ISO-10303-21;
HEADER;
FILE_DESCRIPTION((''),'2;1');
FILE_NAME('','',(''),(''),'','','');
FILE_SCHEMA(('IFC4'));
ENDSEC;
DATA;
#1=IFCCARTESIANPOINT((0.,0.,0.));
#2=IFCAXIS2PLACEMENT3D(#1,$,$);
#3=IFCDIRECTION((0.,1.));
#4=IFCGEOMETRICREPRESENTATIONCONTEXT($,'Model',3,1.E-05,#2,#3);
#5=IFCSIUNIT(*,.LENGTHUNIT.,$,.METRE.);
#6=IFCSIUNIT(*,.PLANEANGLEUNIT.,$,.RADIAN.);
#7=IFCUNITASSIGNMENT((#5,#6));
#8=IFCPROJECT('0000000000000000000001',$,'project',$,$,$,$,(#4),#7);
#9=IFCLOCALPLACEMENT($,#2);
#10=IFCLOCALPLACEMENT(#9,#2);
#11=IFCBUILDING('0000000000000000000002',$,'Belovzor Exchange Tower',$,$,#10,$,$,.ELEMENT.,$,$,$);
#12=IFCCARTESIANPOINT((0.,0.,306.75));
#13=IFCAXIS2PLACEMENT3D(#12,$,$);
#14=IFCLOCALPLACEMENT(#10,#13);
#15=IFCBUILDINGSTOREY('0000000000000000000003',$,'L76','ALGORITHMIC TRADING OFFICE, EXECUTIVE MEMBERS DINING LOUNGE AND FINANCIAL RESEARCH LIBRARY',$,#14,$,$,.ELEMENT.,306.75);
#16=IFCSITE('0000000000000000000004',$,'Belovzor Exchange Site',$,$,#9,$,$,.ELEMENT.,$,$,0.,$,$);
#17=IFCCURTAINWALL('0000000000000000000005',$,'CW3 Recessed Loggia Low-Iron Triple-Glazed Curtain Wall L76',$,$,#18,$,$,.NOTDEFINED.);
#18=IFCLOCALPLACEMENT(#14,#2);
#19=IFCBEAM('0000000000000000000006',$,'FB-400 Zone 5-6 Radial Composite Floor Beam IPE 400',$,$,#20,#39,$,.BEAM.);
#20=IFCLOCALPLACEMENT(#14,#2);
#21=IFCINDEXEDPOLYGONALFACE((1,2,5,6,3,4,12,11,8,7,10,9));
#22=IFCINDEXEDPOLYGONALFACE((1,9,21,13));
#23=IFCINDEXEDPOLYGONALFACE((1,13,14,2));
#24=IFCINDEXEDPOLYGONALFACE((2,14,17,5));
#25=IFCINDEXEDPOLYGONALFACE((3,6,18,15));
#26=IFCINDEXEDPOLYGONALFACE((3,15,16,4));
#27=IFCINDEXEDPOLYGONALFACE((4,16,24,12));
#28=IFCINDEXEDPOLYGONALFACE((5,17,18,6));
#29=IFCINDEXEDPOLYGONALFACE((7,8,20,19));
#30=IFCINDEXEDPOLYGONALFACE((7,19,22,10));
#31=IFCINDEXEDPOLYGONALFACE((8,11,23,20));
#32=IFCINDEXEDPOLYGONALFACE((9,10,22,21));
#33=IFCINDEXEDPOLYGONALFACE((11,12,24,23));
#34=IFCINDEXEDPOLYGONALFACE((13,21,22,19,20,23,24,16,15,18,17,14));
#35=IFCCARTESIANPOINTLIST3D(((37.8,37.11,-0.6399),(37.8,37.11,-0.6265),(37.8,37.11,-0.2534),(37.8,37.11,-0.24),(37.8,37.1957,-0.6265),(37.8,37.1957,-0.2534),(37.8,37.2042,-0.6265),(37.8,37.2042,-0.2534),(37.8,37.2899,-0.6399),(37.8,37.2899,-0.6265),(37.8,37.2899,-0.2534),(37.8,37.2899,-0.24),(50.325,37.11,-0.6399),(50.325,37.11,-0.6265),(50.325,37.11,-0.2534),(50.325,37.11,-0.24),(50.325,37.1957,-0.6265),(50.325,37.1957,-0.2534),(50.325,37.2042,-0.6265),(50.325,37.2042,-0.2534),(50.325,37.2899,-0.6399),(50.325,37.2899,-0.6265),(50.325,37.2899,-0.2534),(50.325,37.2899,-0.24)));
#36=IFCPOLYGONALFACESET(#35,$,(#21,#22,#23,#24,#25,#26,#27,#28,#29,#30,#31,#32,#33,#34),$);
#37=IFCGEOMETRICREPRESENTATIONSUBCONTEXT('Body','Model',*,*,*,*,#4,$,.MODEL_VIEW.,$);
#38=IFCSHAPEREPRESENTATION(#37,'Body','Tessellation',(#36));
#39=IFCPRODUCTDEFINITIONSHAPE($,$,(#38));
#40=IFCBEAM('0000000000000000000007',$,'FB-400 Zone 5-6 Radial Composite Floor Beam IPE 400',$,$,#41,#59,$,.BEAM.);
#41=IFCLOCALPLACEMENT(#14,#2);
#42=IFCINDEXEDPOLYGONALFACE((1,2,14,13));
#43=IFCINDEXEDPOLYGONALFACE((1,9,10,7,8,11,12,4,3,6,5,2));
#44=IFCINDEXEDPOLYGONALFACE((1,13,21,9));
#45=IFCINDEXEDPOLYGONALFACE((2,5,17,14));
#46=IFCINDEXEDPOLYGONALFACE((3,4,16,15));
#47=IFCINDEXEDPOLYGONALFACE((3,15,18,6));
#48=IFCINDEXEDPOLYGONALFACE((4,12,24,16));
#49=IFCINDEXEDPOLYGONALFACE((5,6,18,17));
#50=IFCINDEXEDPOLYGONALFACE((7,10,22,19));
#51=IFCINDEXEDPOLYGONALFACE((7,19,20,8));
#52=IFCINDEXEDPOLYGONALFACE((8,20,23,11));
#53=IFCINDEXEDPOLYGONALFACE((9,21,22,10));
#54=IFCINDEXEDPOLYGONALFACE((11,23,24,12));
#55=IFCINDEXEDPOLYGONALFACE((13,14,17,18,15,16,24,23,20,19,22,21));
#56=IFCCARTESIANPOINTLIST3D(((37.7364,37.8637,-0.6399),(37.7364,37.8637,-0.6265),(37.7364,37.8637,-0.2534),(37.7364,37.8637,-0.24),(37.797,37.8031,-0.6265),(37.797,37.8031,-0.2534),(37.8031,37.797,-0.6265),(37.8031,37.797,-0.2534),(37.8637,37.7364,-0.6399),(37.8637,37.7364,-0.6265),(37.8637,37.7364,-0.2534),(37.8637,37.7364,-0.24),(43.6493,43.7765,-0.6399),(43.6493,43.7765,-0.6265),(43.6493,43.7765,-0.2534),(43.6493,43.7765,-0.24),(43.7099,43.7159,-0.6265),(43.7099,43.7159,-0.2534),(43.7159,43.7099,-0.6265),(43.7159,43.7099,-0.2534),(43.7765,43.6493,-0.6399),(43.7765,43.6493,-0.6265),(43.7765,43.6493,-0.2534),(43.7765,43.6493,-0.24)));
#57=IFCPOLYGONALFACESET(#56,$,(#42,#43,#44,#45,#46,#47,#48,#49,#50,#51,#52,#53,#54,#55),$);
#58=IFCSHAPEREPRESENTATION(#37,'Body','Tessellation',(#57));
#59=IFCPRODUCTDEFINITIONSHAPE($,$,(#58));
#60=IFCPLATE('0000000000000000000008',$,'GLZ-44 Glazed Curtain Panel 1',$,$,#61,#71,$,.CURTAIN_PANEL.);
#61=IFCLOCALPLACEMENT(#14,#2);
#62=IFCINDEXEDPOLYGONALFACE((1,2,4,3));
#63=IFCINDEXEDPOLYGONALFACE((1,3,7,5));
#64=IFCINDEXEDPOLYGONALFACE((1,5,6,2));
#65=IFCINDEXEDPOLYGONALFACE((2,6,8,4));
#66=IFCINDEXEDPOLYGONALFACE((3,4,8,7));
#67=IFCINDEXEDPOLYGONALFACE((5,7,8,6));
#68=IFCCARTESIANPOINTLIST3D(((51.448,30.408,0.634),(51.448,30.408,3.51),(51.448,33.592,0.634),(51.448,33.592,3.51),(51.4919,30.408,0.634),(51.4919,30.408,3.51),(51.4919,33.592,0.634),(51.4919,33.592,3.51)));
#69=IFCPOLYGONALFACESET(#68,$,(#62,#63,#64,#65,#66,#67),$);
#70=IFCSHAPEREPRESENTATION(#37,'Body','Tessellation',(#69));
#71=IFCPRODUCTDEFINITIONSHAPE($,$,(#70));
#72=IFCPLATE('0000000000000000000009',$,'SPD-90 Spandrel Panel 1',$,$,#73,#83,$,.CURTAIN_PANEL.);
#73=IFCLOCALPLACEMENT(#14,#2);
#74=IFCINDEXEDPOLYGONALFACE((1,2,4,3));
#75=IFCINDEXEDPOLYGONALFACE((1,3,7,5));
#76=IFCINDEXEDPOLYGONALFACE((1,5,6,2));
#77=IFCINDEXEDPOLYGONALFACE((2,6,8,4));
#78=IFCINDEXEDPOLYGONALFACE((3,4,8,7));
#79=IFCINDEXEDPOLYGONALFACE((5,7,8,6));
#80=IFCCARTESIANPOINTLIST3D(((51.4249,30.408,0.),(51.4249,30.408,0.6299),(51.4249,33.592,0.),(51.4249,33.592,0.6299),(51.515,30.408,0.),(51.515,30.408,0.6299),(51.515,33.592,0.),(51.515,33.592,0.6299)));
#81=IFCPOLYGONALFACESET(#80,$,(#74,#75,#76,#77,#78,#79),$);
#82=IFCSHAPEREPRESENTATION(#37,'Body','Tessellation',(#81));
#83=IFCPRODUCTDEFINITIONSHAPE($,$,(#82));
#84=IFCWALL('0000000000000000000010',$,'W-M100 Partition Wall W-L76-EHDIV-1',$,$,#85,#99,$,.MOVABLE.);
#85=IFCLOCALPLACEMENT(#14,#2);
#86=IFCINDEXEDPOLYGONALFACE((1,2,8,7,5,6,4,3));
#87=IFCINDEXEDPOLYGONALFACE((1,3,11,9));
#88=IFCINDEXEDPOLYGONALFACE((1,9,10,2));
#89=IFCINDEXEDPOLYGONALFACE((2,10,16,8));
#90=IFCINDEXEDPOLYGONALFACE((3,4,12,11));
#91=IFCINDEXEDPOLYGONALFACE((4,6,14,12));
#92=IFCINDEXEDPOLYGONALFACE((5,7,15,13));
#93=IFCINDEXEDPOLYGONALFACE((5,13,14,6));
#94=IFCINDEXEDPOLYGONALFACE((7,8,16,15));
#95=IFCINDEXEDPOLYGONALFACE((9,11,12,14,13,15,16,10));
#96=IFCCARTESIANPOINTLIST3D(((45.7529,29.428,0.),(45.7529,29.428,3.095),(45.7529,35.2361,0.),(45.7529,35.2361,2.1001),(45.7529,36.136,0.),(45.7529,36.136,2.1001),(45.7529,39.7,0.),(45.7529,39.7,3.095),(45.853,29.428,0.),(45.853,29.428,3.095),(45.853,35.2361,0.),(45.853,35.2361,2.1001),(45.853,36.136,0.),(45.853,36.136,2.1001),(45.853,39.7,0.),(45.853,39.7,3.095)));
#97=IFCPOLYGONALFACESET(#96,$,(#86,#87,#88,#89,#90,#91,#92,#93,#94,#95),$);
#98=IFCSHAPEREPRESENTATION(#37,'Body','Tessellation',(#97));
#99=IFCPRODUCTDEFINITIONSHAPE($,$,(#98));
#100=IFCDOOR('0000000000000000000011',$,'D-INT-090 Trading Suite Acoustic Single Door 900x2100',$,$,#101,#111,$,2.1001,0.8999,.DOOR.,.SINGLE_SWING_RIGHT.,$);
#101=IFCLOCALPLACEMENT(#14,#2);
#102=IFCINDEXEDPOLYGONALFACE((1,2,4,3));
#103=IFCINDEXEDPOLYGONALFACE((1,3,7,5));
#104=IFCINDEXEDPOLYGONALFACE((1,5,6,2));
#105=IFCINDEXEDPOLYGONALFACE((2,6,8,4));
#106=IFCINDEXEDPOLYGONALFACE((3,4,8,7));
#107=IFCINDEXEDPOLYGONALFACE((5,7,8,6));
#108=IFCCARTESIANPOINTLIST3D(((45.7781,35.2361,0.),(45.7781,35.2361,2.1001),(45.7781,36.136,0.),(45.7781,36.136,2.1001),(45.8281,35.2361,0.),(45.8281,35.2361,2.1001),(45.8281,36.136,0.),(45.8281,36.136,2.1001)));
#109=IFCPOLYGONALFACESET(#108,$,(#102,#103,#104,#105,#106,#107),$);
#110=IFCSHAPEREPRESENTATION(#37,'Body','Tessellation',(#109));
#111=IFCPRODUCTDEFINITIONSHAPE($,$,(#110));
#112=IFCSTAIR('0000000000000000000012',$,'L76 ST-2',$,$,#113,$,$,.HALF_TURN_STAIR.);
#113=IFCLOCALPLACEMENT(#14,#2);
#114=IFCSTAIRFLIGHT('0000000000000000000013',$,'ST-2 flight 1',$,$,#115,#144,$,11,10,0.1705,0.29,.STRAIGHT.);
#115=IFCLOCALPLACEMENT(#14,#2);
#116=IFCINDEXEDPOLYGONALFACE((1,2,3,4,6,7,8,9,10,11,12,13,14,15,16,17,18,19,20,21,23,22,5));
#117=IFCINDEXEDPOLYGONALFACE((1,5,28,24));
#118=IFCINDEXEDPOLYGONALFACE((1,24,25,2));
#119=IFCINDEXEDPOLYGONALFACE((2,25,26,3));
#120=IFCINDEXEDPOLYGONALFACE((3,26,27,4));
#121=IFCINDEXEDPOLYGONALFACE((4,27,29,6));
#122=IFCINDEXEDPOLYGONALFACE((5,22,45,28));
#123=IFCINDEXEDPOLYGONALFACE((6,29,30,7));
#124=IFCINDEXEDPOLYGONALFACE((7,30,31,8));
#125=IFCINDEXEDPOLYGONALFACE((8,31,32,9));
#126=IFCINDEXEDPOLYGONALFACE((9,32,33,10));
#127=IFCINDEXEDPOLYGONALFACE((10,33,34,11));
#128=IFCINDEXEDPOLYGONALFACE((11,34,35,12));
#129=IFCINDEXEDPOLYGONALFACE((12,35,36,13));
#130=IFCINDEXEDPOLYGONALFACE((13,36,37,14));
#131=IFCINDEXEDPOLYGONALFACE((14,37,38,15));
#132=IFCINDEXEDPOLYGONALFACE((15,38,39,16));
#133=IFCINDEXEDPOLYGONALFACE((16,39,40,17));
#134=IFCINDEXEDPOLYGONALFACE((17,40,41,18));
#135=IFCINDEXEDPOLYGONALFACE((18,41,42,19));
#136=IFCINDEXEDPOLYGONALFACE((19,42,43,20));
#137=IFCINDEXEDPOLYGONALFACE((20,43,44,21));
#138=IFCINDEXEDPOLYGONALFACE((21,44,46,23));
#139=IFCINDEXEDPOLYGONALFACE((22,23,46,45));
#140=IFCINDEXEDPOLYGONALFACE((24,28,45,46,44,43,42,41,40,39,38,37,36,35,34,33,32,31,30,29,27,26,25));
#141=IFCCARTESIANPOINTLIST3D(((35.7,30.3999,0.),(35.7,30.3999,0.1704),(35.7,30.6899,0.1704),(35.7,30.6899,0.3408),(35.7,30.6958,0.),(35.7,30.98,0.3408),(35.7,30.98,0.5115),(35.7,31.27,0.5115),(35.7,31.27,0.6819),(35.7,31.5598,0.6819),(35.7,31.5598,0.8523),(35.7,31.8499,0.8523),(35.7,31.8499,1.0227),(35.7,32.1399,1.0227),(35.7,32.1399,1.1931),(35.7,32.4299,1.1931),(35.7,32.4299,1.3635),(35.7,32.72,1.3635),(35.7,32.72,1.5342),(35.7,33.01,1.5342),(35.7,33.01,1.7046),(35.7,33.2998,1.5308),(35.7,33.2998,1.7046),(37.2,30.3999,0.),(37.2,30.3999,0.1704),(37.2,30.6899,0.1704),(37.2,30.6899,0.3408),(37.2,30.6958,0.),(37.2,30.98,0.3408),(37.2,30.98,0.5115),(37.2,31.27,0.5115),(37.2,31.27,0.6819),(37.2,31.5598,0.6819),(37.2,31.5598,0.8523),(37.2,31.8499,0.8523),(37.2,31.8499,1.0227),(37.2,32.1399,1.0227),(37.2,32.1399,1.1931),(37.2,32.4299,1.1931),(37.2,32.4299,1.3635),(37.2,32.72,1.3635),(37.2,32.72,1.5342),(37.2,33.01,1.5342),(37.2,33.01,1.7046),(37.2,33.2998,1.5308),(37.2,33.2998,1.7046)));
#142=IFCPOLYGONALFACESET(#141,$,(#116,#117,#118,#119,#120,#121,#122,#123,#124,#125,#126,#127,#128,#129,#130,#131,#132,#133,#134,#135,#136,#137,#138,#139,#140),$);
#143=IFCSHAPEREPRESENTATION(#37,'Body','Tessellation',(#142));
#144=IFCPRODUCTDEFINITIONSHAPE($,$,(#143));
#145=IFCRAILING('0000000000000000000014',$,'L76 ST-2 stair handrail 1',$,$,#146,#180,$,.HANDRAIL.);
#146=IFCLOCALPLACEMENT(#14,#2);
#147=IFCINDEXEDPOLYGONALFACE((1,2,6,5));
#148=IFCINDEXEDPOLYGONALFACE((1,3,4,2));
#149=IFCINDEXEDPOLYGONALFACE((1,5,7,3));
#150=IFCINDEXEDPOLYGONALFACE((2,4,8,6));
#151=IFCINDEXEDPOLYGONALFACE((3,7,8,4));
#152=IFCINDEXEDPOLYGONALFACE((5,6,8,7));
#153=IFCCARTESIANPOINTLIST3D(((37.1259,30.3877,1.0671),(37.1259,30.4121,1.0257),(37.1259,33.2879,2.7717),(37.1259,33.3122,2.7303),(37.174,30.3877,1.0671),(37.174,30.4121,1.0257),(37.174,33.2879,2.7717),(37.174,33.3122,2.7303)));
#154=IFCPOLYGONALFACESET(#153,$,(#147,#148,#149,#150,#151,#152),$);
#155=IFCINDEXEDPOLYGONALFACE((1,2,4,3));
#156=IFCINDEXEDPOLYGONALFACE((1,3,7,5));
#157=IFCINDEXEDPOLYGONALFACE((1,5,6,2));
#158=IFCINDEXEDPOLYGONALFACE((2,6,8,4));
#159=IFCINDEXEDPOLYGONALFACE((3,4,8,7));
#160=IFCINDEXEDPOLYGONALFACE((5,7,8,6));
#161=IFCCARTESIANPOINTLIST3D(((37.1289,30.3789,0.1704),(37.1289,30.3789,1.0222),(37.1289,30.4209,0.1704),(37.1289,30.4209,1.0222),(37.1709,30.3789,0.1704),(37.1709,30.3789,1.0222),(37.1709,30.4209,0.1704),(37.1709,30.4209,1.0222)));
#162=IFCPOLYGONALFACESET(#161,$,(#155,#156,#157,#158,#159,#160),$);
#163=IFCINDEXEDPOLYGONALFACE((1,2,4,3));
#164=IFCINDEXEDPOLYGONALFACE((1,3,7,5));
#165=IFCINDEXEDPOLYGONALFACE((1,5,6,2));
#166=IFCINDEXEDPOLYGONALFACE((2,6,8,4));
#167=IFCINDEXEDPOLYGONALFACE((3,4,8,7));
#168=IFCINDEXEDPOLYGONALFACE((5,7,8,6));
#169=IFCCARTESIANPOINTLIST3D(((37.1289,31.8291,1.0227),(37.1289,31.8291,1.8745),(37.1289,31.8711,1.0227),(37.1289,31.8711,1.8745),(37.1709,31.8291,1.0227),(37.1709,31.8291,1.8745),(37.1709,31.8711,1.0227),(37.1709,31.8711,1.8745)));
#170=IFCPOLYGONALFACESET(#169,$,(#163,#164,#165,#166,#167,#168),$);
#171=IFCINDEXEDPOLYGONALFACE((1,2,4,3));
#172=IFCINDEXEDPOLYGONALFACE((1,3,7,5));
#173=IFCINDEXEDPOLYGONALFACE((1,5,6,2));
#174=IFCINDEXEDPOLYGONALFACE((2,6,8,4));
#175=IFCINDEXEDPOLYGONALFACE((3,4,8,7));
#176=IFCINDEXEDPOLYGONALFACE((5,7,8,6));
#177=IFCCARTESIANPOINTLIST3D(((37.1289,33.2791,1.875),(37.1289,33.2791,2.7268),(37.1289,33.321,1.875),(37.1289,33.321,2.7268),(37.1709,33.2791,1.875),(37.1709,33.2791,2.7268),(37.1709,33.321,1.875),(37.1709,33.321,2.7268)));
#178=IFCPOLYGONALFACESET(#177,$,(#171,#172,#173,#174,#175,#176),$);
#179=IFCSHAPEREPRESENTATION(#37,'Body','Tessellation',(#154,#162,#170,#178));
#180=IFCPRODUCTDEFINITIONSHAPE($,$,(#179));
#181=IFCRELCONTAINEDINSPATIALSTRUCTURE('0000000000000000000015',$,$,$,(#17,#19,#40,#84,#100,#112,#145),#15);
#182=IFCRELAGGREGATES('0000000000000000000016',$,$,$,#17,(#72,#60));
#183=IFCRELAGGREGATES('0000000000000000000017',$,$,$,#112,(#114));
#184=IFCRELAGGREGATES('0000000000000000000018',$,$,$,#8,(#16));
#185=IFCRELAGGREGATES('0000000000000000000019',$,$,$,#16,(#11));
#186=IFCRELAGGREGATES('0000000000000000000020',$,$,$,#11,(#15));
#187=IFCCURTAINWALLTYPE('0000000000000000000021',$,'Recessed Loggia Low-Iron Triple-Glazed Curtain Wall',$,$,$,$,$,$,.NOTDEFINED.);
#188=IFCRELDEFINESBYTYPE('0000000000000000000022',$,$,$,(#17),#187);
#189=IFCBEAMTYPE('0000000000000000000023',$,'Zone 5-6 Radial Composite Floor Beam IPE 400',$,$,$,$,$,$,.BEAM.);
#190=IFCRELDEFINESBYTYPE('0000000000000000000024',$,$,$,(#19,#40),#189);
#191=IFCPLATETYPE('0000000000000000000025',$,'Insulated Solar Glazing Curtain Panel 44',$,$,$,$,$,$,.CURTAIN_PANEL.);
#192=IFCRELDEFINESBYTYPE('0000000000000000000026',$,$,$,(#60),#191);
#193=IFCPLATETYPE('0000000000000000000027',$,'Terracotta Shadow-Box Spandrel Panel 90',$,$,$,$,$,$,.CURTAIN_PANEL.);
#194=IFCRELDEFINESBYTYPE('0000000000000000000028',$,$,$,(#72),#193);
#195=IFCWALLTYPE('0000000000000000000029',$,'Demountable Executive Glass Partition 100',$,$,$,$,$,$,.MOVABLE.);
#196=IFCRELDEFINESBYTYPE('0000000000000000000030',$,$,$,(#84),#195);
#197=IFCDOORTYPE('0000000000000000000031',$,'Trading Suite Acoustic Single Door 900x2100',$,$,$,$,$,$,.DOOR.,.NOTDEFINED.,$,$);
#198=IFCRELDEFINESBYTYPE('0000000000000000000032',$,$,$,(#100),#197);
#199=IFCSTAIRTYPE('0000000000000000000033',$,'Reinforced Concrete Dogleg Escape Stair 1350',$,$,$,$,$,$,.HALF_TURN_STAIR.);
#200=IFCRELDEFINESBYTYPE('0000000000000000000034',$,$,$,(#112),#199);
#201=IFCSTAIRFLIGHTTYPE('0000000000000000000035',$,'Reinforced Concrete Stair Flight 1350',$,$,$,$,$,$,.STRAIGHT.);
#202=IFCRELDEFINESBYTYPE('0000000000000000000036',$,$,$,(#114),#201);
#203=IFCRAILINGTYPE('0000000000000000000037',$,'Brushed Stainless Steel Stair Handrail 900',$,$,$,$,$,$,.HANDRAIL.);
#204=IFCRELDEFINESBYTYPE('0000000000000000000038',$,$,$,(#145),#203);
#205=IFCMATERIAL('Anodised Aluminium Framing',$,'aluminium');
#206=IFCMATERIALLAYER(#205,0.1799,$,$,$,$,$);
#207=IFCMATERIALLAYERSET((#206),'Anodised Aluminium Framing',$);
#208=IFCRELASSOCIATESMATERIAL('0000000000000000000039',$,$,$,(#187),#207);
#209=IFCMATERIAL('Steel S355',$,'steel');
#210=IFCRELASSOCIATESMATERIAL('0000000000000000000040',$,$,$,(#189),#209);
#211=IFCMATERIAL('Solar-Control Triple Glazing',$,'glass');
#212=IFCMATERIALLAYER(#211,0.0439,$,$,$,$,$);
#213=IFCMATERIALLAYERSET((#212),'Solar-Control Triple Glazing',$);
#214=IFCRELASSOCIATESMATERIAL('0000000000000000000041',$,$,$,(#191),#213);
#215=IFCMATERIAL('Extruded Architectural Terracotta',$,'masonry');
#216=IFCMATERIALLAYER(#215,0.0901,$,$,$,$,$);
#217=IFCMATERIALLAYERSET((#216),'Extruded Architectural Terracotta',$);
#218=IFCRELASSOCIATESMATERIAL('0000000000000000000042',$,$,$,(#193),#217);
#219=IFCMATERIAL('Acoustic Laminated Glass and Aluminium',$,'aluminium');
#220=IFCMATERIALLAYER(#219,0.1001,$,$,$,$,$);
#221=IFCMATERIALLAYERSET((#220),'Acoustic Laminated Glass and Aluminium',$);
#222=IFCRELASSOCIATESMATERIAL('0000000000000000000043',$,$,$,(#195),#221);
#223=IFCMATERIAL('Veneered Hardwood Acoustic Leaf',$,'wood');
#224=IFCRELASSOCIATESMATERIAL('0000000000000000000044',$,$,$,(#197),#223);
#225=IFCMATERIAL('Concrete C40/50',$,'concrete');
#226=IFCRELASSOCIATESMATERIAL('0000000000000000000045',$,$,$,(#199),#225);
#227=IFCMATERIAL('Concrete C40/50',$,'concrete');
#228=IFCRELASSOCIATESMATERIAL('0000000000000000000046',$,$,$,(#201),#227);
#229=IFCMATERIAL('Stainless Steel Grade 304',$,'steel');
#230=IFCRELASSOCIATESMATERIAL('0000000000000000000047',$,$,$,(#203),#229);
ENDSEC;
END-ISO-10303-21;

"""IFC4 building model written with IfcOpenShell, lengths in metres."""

from ifc_helpers import new_model, si_unit, direction, frame, frame_2d, origin, origin_2d, place, context, subcontext, project, spatial, polyline, rectangle, i_section, outline, extrude, material, layer, layer_set, material_profile, profile_set, type_object, element, fill, aggregate, save


model = new_model("IFC4")

# Units and contexts
model_context = context("Model", 3, precision=1e-05, world=origin(), true_north=direction((0.0, 1.0)))
body_context = subcontext(model_context, "Body", "Model", "MODEL_VIEW")
ifc_project = project(units=[si_unit("LENGTHUNIT", "METRE"), si_unit("PLANEANGLEUNIT", "RADIAN")], contexts=[model_context])

# Site, building, storey
site_placement = place(None, origin())
site = spatial("IfcSite", under=ifc_project, at=site_placement, Name="Belovzor Exchange Site", CompositionType="ELEMENT", RefElevation=0.0)
building_placement = place(site_placement, origin())
building = spatial("IfcBuilding", under=site, at=building_placement, Name="Belovzor Exchange Tower", CompositionType="ELEMENT")
storey_placement = place(building_placement, frame((0.0, 0.0, 306.75)))
storey = spatial("IfcBuildingStorey", under=building, at=storey_placement, Name="L76", Description="ALGORITHMIC TRADING OFFICE, EXECUTIVE MEMBERS DINING LOUNGE AND FINANCIAL RESEARCH LIBRARY", CompositionType="ELEMENT", Elevation=306.75)

# Curtain wall
ifc_material_1 = material(Name="Anodised Aluminium Framing", Category="aluminium")
ifc_layer_1 = layer(ifc_material_1, 0.1799)
ifc_layer_set_1 = layer_set([ifc_layer_1], Name="Anodised Aluminium Framing")
curtain_wall_type = type_object("IfcCurtainWallType", Name="Recessed Loggia Low-Iron Triple-Glazed Curtain Wall", PredefinedType="NOTDEFINED", material=ifc_layer_set_1)
curtain_wall_placement = place(storey_placement, origin())
curtain_wall = element("IfcCurtainWall", 1, at=curtain_wall_placement, inside=storey, type_object=curtain_wall_type, Name="CW3 Recessed Loggia Low-Iron Triple-Glazed Curtain Wall L76", PredefinedType="NOTDEFINED")

# Beams
ifc_material_2 = material(Name="Steel S355", Category="steel")
ifc_material_profile_1 = material_profile(ifc_material_2, i_section(OverallWidth=0.1799, OverallDepth=0.3999, WebThickness=0.0085, FlangeThickness=0.0134, at=origin_2d()))
ifc_profile_set_1 = profile_set([ifc_material_profile_1], Name="Steel S355")
beam_type_1 = type_object("IfcBeamType", Name="Zone 5-6 Radial Composite Floor Beam IPE 400", PredefinedType="BEAM", material=ifc_profile_set_1)
for number, where, z_axis, x_axis, name in (
    (2, (37.8, 37.2, -0.4399), (1.0, 0.0, 0.0), (0.0, 1.0, 0.0), "FB-400 Zone 5-6 Radial Composite Floor Beam IPE 400"),
):
    element("IfcBeam", number, at=place(storey_placement, frame(where, z_axis=z_axis, x_axis=x_axis)), inside=storey, type_object=beam_type_1, Name=name, PredefinedType="BEAM", context=body_context, shape_type="SweptSolid", body=[
        extrude(i_section(OverallWidth=0.1799, OverallDepth=0.3999, WebThickness=0.0085, FlangeThickness=0.0134, at=origin_2d()), origin(), (0.0, 0.0, 1.0), 12.5249),
    ])
beam_1_placement = place(storey_placement, frame((37.8, 37.8, -0.4399), z_axis=(0.707107, 0.707107, 0.0), x_axis=(-0.707107, 0.707107, 0.0)))
element("IfcBeam", 3, at=beam_1_placement, inside=storey, type_object=beam_type_1, Name="FB-400 Zone 5-6 Radial Composite Floor Beam IPE 400", PredefinedType="BEAM", context=body_context, shape_type="SweptSolid", body=[
    extrude(i_section(OverallWidth=0.1799, OverallDepth=0.3999, WebThickness=0.0085, FlangeThickness=0.0134, at=origin_2d()), origin(), (0.0, 0.0, 1.0), 8.3621),
])

# Plates
ifc_material_3 = material(Name="Solar-Control Triple Glazing", Category="glass")
ifc_layer_2 = layer(ifc_material_3, 0.0439)
ifc_layer_set_2 = layer_set([ifc_layer_2], Name="Solar-Control Triple Glazing")
plate_type_1 = type_object("IfcPlateType", Name="Insulated Solar Glazing Curtain Panel 44", PredefinedType="CURTAIN_PANEL", material=ifc_layer_set_2)
plate_1_placement = place(storey_placement, frame((51.47, 32.0, 0.634), z_axis=(0.0, 0.0, 1.0), x_axis=(0.0, -1.0, 0.0)))
plate_1 = element("IfcPlate", 4, at=plate_1_placement, type_object=plate_type_1, Name="GLZ-44 Glazed Curtain Panel 1", PredefinedType="CURTAIN_PANEL", context=body_context, shape_type="SweptSolid", body=[
    extrude(rectangle(XDim=3.1841, YDim=0.0439, at=origin_2d()), origin(), (0.0, 0.0, 1.0), 2.876),
])
ifc_material_4 = material(Name="Extruded Architectural Terracotta", Category="masonry")
ifc_layer_3 = layer(ifc_material_4, 0.0901)
ifc_layer_set_3 = layer_set([ifc_layer_3], Name="Extruded Architectural Terracotta")
plate_type_2 = type_object("IfcPlateType", Name="Terracotta Shadow-Box Spandrel Panel 90", PredefinedType="CURTAIN_PANEL", material=ifc_layer_set_3)
plate_2_placement = place(storey_placement, frame((51.47, 32.0, 0.0), z_axis=(0.0, 0.0, 1.0), x_axis=(0.0, -1.0, 0.0)))
plate_2 = element("IfcPlate", 5, at=plate_2_placement, type_object=plate_type_2, Name="SPD-90 Spandrel Panel 1", PredefinedType="CURTAIN_PANEL", context=body_context, shape_type="SweptSolid", body=[
    extrude(rectangle(XDim=3.1841, YDim=0.0901, at=origin_2d()), origin(), (0.0, 0.0, 1.0), 0.6299),
])
aggregate(curtain_wall, [plate_2, plate_1])

# Wall, opening, door
ifc_material_5 = material(Name="Acoustic Laminated Glass and Aluminium", Category="aluminium")
ifc_layer_4 = layer(ifc_material_5, 0.1001)
ifc_layer_set_4 = layer_set([ifc_layer_4], Name="Acoustic Laminated Glass and Aluminium")
wall_type = type_object("IfcWallType", Name="Demountable Executive Glass Partition 100", PredefinedType="MOVABLE", material=ifc_layer_set_4)
wall_placement = place(storey_placement, frame((45.803, 29.428, 0.0), z_axis=(0.0, 0.0, 1.0), x_axis=(0.0, 1.0, 0.0)))
wall = element("IfcWall", 6, at=wall_placement, inside=storey, type_object=wall_type, Name="W-M100 Partition Wall W-L76-EHDIV-1", PredefinedType="MOVABLE", context=body_context, shape_type="SweptSolid", body=[
    extrude(rectangle(XDim=10.272, YDim=0.1001, at=frame_2d((5.136, 0.0))), origin(), (0.0, 0.0, 1.0), 3.095),
])
opening_placement = place(wall_placement, frame((5.8081, 0.0, 0.0)))
opening = element("IfcOpeningElement", 7, at=opening_placement, cuts=wall, PredefinedType="OPENING", context=body_context, shape_type="SweptSolid", body=[
    extrude(rectangle(XDim=0.8999, YDim=2.1001, at=frame_2d((0.45, 1.05))), frame((0.0, 0.0601, 0.0), z_axis=(0.0, -1.0, 0.0), x_axis=(1.0, 0.0, 0.0)), (0.0, 0.0, 1.0), 0.1201),
])
ifc_material_6 = material(Name="Veneered Hardwood Acoustic Leaf", Category="wood")
door_type = type_object("IfcDoorType", Name="Trading Suite Acoustic Single Door 900x2100", OperationType="NOTDEFINED", PredefinedType="DOOR", material=ifc_material_6)
door_placement = place(opening_placement, origin())
door = element("IfcDoor", 8, at=door_placement, inside=storey, type_object=door_type, Name="D-INT-090 Trading Suite Acoustic Single Door 900x2100", OperationType="SINGLE_SWING_RIGHT", OverallHeight=2.1001, OverallWidth=0.8999, PredefinedType="DOOR", context=body_context, shape_type="SweptSolid", body=[
    extrude(rectangle(XDim=0.8999, YDim=2.1001, at=frame_2d((0.45, 1.05))), frame((0.0, 0.0249, 0.0), z_axis=(0.0, -1.0, 0.0), x_axis=(1.0, 0.0, 0.0)), (0.0, 0.0, 1.0), 0.05),
])
fill(opening, door)

# Stair, stair flight
ifc_material_7 = material(Name="Concrete C40/50", Category="concrete")
stair_type = type_object("IfcStairType", Name="Reinforced Concrete Dogleg Escape Stair 1350", PredefinedType="HALF_TURN_STAIR", material=ifc_material_7)
stair_placement = place(storey_placement, origin())
stair = element("IfcStair", 9, at=stair_placement, inside=storey, type_object=stair_type, Name="L76 ST-2", PredefinedType="HALF_TURN_STAIR")
ifc_material_8 = material(Name="Concrete C40/50", Category="concrete")
stair_flight_type = type_object("IfcStairFlightType", Name="Reinforced Concrete Stair Flight 1350", PredefinedType="STRAIGHT", material=ifc_material_8)
stair_flight_placement = place(storey_placement, frame((36.45, 30.3999, 0.0), z_axis=(0.0, 0.0, 1.0), x_axis=(0.0, 1.0, 0.0)))
stair_flight = element("IfcStairFlight", 10, at=stair_flight_placement, type_object=stair_flight_type, Name="ST-2 flight 1", NumberOfRisers=11, NumberOfTreads=10, PredefinedType="STRAIGHT", RiserHeight=0.1705, TreadLength=0.29, context=body_context, shape_type="SweptSolid", body=[
    extrude(outline(polyline([(0.0, 0.0), (0.0, 0.1704), (0.29, 0.1704), (0.29, 0.3408), (0.5801, 0.3408), (0.5801, 0.5115), (0.8701, 0.5115), (0.8701, 0.6819), (1.1599, 0.6819), (1.1599, 0.8523), (1.45, 0.8523), (1.45, 1.0227), (1.74, 1.0227), (1.74, 1.1931), (2.03, 1.1931), (2.03, 1.3635), (2.3201, 1.3635), (2.3201, 1.5342), (2.6101, 1.5342), (2.6101, 1.7046), (2.8999, 1.7046), (2.8999, 1.875), (2.8999, 1.5308), (0.2959, 0.0), (0.0, 0.0)])), frame((0.0, 0.75, 0.0), z_axis=(0.0, -1.0, 0.0), x_axis=(1.0, 0.0, 0.0)), (0.0, 0.0, 1.0), 1.5),
])
aggregate(stair, [stair_flight])

# Railing
ifc_material_9 = material(Name="Stainless Steel Grade 304", Category="steel")
railing_type_1 = type_object("IfcRailingType", Name="Brushed Stainless Steel Stair Handrail 900", PredefinedType="HANDRAIL", material=ifc_material_9)
railing_1_placement = place(storey_placement, frame((37.1499, 30.3999, 0.1704)))
element("IfcRailing", 11, at=railing_1_placement, inside=storey, type_object=railing_type_1, Name="L76 ST-2 stair handrail 1", PredefinedType="HANDRAIL", context=body_context, shape_type="SweptSolid", body=[
    extrude(rectangle(XDim=0.0481, YDim=0.0481, at=origin_2d()), frame((0.0, 0.0, 0.876), z_axis=(0.0, 0.862113, 0.506716), x_axis=(-1.0, 0.0, 0.0)), (0.0, 0.0, 1.0), 3.364),
    extrude(rectangle(XDim=0.042, YDim=0.042, at=origin_2d()), origin(), (0.0, 0.0, 1.0), 0.8518),
    extrude(rectangle(XDim=0.042, YDim=0.042, at=origin_2d()), frame((0.0, 1.4502, 0.8523)), (0.0, 0.0, 1.0), 0.8518),
    extrude(rectangle(XDim=0.042, YDim=0.042, at=origin_2d()), frame((0.0, 2.9001, 1.7046)), (0.0, 0.0, 1.0), 0.8518),
])

save(model, "model.ifc")
